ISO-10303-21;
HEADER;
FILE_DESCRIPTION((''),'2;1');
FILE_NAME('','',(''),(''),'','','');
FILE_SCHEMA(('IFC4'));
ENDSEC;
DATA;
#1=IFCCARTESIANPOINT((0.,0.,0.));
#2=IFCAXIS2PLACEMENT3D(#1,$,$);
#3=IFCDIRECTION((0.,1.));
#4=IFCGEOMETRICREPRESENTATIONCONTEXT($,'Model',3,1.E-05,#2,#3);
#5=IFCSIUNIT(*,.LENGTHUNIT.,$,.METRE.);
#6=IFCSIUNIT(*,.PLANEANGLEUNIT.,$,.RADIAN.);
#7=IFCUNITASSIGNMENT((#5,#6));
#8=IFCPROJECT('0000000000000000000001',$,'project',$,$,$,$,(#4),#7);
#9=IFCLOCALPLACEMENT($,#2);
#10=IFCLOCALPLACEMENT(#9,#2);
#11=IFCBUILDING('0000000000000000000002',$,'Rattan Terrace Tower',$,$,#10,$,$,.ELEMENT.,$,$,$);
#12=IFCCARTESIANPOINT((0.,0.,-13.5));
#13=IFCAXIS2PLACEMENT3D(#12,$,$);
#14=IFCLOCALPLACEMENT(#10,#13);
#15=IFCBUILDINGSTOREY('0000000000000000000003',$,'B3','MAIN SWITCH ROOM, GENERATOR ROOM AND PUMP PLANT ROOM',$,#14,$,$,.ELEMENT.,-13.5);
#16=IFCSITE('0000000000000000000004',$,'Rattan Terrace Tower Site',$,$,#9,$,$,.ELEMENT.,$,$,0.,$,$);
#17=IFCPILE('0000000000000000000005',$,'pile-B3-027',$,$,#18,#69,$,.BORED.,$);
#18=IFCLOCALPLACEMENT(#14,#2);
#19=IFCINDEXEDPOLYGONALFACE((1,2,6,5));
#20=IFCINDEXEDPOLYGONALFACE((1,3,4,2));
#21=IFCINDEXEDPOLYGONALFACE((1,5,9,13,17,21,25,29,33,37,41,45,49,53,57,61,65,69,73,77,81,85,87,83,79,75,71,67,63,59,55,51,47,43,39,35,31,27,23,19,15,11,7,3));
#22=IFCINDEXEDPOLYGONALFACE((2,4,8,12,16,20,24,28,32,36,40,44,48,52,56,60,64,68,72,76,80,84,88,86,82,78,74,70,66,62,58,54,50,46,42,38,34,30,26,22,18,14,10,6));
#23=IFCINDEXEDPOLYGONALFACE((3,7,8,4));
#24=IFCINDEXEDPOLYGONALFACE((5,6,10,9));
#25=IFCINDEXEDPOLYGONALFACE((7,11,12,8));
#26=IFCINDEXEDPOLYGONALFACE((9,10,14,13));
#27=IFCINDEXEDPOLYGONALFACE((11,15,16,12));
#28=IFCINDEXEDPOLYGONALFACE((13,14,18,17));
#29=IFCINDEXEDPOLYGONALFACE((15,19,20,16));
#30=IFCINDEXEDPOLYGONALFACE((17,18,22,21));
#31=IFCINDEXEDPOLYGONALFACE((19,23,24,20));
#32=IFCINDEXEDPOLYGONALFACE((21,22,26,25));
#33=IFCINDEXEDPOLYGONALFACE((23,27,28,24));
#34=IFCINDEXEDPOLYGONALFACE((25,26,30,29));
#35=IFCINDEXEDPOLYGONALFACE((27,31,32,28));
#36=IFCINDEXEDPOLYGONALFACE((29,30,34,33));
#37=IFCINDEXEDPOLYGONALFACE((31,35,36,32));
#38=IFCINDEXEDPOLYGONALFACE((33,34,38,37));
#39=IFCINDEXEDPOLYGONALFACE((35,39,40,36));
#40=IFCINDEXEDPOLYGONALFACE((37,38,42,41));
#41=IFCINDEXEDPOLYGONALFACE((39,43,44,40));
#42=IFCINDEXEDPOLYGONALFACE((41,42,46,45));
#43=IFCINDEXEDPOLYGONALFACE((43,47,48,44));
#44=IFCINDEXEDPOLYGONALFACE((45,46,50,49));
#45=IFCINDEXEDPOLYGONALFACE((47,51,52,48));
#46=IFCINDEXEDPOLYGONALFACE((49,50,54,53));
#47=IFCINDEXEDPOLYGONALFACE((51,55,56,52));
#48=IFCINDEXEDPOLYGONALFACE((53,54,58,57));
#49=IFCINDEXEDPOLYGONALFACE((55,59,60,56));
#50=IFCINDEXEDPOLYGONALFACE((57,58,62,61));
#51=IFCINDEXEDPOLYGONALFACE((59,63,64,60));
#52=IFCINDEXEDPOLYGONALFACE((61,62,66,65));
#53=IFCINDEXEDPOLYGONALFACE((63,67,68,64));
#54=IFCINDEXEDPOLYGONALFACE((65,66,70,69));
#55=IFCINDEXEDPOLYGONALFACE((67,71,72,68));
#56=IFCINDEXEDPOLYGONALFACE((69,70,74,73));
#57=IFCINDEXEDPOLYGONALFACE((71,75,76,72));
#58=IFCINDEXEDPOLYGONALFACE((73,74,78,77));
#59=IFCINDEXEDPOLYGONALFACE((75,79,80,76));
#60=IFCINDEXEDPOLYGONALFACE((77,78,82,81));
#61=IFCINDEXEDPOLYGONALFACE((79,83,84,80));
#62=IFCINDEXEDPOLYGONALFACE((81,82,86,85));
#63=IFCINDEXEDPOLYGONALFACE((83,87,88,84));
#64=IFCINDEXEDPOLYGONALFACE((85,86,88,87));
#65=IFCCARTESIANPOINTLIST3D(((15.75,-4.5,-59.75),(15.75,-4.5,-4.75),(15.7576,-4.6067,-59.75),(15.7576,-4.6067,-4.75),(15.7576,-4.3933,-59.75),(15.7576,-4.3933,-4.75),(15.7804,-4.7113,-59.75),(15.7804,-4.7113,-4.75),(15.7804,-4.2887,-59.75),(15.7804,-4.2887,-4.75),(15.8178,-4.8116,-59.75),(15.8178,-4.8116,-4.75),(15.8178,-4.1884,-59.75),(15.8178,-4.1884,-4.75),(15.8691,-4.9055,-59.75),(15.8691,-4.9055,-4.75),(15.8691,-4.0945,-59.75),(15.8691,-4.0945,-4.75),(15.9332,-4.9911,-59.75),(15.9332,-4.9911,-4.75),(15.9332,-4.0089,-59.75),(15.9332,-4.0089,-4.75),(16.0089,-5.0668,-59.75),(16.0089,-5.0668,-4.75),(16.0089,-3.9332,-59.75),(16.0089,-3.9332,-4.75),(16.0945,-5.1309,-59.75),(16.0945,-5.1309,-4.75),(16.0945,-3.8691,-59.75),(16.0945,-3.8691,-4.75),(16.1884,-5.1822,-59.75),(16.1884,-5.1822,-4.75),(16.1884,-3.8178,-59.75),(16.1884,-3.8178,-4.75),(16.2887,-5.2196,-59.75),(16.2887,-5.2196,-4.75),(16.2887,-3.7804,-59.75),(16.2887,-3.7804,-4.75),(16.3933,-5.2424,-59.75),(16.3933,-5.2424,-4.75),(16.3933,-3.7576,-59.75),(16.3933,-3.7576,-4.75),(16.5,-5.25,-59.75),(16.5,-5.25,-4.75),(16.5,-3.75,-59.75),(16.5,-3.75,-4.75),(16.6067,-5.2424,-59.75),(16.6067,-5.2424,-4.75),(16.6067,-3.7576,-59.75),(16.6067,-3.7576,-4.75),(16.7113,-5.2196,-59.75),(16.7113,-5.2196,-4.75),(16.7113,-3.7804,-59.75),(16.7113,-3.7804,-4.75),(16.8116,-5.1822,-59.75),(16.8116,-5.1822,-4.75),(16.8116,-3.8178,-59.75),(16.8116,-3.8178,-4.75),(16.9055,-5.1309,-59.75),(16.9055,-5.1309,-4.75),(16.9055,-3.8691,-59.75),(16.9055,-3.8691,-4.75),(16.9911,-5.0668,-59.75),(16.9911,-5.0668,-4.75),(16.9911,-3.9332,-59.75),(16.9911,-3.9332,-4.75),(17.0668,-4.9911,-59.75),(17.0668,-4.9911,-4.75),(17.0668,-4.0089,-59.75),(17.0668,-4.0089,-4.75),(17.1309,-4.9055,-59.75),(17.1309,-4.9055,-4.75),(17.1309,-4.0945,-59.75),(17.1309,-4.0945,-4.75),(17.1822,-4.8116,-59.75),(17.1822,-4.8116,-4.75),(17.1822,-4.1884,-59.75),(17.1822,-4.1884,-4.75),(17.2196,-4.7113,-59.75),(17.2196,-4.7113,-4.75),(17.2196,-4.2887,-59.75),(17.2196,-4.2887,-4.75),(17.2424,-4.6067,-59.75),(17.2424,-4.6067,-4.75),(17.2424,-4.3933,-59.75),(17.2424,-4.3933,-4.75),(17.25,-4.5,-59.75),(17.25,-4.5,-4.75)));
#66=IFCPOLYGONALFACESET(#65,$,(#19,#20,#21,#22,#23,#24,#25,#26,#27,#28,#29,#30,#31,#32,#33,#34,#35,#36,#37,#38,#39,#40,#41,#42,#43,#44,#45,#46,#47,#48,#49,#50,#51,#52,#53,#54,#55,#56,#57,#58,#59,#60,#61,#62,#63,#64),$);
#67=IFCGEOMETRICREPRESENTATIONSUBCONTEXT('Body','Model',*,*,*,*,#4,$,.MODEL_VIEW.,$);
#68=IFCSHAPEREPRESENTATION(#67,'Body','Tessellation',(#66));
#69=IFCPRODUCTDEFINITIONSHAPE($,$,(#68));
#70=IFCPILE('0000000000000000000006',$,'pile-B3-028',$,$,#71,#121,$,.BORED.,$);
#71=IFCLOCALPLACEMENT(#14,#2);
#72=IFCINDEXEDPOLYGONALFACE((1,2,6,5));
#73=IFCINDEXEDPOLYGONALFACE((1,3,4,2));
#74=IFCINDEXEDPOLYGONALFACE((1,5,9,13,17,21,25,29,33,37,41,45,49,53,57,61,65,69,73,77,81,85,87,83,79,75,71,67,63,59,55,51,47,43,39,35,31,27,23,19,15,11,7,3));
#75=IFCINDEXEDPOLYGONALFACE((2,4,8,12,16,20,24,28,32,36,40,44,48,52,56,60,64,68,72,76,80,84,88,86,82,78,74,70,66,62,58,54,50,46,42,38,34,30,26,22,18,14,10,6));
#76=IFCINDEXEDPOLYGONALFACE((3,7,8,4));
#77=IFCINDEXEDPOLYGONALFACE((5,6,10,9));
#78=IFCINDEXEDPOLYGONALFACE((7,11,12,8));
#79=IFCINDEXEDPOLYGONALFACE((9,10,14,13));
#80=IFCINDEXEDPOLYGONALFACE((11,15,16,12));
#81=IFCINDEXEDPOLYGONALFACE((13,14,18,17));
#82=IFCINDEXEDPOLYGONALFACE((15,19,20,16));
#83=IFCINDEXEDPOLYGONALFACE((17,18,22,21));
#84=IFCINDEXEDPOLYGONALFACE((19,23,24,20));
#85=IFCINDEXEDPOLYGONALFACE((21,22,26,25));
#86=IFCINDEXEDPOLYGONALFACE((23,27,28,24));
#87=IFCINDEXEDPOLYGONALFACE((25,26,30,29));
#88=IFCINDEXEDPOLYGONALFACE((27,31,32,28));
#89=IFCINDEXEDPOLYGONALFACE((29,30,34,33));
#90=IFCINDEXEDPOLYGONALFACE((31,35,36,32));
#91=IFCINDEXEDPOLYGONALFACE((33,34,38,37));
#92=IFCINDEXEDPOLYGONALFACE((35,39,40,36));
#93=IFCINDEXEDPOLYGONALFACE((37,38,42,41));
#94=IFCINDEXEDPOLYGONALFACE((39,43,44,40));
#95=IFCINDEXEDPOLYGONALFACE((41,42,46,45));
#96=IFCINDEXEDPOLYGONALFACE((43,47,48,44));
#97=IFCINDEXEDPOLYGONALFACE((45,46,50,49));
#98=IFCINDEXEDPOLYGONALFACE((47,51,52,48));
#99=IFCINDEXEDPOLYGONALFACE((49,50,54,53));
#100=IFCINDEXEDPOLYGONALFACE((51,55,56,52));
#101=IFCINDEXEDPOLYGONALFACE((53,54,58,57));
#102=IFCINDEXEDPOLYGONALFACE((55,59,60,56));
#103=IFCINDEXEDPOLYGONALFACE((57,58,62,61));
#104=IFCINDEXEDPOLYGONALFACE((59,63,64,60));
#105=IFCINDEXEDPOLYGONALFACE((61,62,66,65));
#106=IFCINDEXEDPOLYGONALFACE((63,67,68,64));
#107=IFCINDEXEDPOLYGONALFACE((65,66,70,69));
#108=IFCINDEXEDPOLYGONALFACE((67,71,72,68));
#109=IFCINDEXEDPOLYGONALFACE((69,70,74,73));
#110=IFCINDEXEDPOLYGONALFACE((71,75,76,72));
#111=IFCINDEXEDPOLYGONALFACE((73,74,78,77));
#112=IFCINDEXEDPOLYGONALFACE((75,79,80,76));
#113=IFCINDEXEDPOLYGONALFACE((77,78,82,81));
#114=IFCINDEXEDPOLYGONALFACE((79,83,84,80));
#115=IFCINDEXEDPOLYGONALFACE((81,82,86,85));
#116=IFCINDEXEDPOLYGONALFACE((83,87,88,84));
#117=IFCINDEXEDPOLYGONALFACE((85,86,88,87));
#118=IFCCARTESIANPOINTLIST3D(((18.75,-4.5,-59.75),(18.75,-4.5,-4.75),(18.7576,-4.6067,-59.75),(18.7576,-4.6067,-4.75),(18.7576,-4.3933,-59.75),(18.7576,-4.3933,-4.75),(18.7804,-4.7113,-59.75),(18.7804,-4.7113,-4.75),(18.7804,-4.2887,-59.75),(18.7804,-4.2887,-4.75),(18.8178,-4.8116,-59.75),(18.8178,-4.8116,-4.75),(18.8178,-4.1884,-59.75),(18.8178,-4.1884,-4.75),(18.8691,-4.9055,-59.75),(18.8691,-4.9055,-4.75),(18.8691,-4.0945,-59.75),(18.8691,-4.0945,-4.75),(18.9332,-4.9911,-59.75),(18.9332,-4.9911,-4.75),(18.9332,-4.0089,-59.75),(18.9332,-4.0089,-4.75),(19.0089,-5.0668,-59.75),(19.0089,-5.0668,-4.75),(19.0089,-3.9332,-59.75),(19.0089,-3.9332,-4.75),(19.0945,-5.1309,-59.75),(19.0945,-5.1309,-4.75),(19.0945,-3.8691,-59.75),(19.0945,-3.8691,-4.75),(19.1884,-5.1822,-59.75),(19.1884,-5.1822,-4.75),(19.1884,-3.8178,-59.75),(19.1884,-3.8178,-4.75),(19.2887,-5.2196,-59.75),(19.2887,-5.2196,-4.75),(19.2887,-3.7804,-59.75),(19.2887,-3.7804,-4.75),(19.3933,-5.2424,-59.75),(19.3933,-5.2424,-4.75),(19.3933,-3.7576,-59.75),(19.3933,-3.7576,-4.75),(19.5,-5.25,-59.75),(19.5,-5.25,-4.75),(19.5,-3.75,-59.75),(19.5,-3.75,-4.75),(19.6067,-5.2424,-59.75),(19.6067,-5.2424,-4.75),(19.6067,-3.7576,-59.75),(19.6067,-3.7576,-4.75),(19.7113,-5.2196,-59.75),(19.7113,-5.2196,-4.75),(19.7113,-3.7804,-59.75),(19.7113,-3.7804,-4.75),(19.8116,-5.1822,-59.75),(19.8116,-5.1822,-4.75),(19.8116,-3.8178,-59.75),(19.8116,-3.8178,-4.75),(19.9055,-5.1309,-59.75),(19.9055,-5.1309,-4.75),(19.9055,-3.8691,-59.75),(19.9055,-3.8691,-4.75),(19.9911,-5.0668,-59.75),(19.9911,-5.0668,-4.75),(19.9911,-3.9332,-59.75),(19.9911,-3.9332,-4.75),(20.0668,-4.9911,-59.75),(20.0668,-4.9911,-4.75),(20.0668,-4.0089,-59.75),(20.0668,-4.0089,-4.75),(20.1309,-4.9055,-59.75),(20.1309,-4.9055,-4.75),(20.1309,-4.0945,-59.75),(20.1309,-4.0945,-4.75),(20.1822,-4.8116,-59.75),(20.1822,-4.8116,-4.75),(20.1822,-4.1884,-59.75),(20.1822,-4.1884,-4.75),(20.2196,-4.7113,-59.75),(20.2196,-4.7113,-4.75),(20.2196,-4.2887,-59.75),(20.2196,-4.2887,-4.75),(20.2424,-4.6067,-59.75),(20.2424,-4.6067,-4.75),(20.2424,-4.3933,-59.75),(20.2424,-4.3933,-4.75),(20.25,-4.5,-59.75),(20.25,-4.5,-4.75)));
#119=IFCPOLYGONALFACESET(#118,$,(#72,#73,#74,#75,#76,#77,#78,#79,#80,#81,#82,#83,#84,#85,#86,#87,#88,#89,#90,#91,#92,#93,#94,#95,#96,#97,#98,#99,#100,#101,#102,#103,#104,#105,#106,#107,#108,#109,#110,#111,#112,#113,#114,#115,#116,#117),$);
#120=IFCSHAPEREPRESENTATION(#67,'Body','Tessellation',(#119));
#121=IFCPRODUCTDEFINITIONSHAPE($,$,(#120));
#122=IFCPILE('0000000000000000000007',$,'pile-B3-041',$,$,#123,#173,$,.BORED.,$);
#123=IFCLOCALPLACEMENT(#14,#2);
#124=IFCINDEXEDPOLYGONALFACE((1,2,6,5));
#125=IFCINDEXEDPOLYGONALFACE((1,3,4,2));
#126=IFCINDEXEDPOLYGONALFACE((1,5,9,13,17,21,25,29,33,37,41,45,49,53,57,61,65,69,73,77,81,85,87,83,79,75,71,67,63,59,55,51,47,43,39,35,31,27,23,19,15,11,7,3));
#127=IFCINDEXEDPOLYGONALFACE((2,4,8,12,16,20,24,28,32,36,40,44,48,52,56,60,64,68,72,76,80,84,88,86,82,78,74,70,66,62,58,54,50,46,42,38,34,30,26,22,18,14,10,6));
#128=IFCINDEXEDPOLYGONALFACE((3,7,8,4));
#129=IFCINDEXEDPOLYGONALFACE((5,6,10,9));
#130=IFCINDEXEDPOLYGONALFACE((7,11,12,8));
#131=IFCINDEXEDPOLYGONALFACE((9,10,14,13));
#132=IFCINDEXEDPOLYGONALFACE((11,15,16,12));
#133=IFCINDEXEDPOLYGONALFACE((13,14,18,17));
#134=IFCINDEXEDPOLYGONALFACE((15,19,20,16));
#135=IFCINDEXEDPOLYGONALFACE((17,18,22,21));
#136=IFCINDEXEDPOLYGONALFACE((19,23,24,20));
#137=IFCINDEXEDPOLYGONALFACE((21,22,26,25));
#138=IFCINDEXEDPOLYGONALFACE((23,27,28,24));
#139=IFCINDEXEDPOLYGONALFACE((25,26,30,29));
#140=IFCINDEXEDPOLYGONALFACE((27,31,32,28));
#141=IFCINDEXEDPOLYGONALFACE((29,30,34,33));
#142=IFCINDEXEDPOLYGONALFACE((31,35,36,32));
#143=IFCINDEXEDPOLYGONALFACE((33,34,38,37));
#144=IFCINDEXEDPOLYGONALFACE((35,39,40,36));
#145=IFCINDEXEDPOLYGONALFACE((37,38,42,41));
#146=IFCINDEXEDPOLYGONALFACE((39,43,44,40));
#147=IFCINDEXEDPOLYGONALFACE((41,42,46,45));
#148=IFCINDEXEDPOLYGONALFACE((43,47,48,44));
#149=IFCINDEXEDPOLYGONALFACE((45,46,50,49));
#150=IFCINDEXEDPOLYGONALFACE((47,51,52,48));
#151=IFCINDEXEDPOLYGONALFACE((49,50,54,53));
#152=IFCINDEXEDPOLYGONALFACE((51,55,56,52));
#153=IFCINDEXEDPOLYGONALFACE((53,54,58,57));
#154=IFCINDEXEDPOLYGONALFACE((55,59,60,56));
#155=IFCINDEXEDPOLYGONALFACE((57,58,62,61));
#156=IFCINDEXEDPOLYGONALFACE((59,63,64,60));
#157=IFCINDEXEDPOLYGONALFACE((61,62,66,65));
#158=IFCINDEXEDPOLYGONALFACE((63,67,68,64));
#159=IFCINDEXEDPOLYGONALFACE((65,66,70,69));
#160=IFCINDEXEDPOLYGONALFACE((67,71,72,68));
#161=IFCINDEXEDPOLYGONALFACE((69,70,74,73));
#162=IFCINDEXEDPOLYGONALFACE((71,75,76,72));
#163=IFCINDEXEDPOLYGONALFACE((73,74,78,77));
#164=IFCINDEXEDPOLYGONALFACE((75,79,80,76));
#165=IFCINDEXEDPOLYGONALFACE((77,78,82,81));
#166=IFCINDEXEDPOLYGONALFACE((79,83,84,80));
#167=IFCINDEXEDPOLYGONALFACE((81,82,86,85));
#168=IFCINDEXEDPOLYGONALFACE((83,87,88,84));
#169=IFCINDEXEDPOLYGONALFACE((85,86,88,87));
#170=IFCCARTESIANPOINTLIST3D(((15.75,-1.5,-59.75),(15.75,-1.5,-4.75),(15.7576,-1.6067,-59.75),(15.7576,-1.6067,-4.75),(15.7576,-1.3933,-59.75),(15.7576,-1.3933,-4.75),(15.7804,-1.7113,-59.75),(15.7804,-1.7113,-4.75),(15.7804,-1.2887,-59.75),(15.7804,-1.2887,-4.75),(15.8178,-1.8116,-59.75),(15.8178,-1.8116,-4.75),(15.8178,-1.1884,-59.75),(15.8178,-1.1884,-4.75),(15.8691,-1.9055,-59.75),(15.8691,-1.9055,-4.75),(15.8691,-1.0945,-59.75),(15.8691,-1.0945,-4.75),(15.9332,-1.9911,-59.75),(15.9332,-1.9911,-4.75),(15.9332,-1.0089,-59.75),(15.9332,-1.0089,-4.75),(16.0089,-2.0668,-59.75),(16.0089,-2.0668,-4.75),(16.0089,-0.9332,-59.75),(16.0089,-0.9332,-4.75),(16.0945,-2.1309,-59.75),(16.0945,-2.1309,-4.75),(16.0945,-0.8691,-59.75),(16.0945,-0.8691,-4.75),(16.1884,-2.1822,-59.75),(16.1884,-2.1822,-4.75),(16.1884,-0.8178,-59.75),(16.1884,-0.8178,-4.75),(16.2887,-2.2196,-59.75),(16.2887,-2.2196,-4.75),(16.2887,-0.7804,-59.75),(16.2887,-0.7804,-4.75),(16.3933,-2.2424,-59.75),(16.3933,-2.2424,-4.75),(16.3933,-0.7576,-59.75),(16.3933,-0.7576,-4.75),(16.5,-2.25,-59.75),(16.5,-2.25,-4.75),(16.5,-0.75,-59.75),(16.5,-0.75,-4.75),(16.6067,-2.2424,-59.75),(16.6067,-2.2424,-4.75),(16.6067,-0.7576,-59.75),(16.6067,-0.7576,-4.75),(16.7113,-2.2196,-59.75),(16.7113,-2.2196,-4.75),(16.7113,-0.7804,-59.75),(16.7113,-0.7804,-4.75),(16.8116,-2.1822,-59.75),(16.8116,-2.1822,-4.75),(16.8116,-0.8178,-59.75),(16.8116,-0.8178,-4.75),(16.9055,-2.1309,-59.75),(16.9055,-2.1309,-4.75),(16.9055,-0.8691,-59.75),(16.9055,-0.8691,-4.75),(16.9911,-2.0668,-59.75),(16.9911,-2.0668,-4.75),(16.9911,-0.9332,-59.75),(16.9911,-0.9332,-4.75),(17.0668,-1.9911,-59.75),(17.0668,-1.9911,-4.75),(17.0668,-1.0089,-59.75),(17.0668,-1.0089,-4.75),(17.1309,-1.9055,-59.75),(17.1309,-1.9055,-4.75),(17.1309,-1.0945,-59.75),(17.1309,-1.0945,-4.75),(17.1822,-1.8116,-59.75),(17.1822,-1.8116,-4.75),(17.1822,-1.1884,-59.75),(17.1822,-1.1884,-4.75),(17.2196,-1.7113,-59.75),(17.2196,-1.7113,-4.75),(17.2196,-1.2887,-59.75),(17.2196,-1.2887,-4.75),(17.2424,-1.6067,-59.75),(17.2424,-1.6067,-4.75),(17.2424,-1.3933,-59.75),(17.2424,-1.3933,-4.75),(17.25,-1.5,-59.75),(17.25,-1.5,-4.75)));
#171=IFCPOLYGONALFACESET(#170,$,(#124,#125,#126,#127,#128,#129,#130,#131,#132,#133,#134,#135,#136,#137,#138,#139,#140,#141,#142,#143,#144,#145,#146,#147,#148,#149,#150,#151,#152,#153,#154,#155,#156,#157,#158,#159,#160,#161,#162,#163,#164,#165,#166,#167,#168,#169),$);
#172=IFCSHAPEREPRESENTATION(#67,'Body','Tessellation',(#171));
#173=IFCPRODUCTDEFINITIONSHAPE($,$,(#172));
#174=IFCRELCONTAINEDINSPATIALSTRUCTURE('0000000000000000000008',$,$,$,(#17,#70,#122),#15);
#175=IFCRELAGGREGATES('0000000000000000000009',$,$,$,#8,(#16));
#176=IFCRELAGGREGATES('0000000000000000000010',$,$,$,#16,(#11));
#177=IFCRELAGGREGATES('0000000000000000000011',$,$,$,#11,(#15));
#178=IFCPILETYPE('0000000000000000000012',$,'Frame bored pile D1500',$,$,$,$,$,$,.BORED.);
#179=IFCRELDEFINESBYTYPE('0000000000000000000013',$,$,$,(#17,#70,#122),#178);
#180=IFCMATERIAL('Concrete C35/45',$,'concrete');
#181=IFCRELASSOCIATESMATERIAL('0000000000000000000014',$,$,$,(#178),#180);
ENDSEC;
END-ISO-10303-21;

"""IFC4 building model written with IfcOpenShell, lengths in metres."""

from ifc_helpers import new_model, si_unit, direction, frame, origin, origin_2d, place, context, subcontext, project, spatial, circle, extrude, material, material_profile, profile_set, type_object, element, save


model = new_model("IFC4")

# Units and contexts
model_context = context("Model", 3, precision=1e-05, world=origin(), true_north=direction((0.0, 1.0)))
body_context = subcontext(model_context, "Body", "Model", "MODEL_VIEW")
ifc_project = project(units=[si_unit("LENGTHUNIT", "METRE"), si_unit("PLANEANGLEUNIT", "RADIAN")], contexts=[model_context])

# Site, building, storey
site_placement = place(None, origin())
site = spatial("IfcSite", under=ifc_project, at=site_placement, Name="Rattan Terrace Tower Site", CompositionType="ELEMENT", RefElevation=0.0)
building_placement = place(site_placement, origin())
building = spatial("IfcBuilding", under=site, at=building_placement, Name="Rattan Terrace Tower", CompositionType="ELEMENT")
storey_placement = place(building_placement, frame((0.0, 0.0, -13.5)))
storey = spatial("IfcBuildingStorey", under=building, at=storey_placement, Name="B3", Description="MAIN SWITCH ROOM, GENERATOR ROOM AND PUMP PLANT ROOM", CompositionType="ELEMENT", Elevation=-13.5)

# Piles
ifc_material_1 = material(Name="Concrete C35/45", Category="concrete")
ifc_material_profile_1 = material_profile(ifc_material_1, circle(Radius=0.75, at=origin_2d()), Name="PILE D1500")
ifc_profile_set_1 = profile_set([ifc_material_profile_1], Name="Concrete C35/45")
pile_type = type_object("IfcPileType", Name="Frame bored pile D1500", PredefinedType="BORED", material=ifc_profile_set_1)
for number, where, z_axis, x_axis, name in (
    (1, (16.5, -4.5, -4.75), (0.0, 0.0, -1.0), (1.0, 0.0, 0.0), "pile-B3-027"),
    (2, (19.5, -4.5, -4.75), (0.0, 0.0, -1.0), (1.0, 0.0, 0.0), "pile-B3-028"),
    (3, (16.5, -1.5, -4.75), (0.0, 0.0, -1.0), (1.0, 0.0, 0.0), "pile-B3-041"),
):
    element("IfcPile", number, at=place(storey_placement, frame(where, z_axis=z_axis, x_axis=x_axis)), inside=storey, type_object=pile_type, Name=name, PredefinedType="BORED", context=body_context, shape_type="SweptSolid", body=[
        extrude(circle(Radius=0.75, at=origin_2d()), origin(), (0.0, 0.0, 1.0), 55.0),
    ])

save(model, "model.ifc")
